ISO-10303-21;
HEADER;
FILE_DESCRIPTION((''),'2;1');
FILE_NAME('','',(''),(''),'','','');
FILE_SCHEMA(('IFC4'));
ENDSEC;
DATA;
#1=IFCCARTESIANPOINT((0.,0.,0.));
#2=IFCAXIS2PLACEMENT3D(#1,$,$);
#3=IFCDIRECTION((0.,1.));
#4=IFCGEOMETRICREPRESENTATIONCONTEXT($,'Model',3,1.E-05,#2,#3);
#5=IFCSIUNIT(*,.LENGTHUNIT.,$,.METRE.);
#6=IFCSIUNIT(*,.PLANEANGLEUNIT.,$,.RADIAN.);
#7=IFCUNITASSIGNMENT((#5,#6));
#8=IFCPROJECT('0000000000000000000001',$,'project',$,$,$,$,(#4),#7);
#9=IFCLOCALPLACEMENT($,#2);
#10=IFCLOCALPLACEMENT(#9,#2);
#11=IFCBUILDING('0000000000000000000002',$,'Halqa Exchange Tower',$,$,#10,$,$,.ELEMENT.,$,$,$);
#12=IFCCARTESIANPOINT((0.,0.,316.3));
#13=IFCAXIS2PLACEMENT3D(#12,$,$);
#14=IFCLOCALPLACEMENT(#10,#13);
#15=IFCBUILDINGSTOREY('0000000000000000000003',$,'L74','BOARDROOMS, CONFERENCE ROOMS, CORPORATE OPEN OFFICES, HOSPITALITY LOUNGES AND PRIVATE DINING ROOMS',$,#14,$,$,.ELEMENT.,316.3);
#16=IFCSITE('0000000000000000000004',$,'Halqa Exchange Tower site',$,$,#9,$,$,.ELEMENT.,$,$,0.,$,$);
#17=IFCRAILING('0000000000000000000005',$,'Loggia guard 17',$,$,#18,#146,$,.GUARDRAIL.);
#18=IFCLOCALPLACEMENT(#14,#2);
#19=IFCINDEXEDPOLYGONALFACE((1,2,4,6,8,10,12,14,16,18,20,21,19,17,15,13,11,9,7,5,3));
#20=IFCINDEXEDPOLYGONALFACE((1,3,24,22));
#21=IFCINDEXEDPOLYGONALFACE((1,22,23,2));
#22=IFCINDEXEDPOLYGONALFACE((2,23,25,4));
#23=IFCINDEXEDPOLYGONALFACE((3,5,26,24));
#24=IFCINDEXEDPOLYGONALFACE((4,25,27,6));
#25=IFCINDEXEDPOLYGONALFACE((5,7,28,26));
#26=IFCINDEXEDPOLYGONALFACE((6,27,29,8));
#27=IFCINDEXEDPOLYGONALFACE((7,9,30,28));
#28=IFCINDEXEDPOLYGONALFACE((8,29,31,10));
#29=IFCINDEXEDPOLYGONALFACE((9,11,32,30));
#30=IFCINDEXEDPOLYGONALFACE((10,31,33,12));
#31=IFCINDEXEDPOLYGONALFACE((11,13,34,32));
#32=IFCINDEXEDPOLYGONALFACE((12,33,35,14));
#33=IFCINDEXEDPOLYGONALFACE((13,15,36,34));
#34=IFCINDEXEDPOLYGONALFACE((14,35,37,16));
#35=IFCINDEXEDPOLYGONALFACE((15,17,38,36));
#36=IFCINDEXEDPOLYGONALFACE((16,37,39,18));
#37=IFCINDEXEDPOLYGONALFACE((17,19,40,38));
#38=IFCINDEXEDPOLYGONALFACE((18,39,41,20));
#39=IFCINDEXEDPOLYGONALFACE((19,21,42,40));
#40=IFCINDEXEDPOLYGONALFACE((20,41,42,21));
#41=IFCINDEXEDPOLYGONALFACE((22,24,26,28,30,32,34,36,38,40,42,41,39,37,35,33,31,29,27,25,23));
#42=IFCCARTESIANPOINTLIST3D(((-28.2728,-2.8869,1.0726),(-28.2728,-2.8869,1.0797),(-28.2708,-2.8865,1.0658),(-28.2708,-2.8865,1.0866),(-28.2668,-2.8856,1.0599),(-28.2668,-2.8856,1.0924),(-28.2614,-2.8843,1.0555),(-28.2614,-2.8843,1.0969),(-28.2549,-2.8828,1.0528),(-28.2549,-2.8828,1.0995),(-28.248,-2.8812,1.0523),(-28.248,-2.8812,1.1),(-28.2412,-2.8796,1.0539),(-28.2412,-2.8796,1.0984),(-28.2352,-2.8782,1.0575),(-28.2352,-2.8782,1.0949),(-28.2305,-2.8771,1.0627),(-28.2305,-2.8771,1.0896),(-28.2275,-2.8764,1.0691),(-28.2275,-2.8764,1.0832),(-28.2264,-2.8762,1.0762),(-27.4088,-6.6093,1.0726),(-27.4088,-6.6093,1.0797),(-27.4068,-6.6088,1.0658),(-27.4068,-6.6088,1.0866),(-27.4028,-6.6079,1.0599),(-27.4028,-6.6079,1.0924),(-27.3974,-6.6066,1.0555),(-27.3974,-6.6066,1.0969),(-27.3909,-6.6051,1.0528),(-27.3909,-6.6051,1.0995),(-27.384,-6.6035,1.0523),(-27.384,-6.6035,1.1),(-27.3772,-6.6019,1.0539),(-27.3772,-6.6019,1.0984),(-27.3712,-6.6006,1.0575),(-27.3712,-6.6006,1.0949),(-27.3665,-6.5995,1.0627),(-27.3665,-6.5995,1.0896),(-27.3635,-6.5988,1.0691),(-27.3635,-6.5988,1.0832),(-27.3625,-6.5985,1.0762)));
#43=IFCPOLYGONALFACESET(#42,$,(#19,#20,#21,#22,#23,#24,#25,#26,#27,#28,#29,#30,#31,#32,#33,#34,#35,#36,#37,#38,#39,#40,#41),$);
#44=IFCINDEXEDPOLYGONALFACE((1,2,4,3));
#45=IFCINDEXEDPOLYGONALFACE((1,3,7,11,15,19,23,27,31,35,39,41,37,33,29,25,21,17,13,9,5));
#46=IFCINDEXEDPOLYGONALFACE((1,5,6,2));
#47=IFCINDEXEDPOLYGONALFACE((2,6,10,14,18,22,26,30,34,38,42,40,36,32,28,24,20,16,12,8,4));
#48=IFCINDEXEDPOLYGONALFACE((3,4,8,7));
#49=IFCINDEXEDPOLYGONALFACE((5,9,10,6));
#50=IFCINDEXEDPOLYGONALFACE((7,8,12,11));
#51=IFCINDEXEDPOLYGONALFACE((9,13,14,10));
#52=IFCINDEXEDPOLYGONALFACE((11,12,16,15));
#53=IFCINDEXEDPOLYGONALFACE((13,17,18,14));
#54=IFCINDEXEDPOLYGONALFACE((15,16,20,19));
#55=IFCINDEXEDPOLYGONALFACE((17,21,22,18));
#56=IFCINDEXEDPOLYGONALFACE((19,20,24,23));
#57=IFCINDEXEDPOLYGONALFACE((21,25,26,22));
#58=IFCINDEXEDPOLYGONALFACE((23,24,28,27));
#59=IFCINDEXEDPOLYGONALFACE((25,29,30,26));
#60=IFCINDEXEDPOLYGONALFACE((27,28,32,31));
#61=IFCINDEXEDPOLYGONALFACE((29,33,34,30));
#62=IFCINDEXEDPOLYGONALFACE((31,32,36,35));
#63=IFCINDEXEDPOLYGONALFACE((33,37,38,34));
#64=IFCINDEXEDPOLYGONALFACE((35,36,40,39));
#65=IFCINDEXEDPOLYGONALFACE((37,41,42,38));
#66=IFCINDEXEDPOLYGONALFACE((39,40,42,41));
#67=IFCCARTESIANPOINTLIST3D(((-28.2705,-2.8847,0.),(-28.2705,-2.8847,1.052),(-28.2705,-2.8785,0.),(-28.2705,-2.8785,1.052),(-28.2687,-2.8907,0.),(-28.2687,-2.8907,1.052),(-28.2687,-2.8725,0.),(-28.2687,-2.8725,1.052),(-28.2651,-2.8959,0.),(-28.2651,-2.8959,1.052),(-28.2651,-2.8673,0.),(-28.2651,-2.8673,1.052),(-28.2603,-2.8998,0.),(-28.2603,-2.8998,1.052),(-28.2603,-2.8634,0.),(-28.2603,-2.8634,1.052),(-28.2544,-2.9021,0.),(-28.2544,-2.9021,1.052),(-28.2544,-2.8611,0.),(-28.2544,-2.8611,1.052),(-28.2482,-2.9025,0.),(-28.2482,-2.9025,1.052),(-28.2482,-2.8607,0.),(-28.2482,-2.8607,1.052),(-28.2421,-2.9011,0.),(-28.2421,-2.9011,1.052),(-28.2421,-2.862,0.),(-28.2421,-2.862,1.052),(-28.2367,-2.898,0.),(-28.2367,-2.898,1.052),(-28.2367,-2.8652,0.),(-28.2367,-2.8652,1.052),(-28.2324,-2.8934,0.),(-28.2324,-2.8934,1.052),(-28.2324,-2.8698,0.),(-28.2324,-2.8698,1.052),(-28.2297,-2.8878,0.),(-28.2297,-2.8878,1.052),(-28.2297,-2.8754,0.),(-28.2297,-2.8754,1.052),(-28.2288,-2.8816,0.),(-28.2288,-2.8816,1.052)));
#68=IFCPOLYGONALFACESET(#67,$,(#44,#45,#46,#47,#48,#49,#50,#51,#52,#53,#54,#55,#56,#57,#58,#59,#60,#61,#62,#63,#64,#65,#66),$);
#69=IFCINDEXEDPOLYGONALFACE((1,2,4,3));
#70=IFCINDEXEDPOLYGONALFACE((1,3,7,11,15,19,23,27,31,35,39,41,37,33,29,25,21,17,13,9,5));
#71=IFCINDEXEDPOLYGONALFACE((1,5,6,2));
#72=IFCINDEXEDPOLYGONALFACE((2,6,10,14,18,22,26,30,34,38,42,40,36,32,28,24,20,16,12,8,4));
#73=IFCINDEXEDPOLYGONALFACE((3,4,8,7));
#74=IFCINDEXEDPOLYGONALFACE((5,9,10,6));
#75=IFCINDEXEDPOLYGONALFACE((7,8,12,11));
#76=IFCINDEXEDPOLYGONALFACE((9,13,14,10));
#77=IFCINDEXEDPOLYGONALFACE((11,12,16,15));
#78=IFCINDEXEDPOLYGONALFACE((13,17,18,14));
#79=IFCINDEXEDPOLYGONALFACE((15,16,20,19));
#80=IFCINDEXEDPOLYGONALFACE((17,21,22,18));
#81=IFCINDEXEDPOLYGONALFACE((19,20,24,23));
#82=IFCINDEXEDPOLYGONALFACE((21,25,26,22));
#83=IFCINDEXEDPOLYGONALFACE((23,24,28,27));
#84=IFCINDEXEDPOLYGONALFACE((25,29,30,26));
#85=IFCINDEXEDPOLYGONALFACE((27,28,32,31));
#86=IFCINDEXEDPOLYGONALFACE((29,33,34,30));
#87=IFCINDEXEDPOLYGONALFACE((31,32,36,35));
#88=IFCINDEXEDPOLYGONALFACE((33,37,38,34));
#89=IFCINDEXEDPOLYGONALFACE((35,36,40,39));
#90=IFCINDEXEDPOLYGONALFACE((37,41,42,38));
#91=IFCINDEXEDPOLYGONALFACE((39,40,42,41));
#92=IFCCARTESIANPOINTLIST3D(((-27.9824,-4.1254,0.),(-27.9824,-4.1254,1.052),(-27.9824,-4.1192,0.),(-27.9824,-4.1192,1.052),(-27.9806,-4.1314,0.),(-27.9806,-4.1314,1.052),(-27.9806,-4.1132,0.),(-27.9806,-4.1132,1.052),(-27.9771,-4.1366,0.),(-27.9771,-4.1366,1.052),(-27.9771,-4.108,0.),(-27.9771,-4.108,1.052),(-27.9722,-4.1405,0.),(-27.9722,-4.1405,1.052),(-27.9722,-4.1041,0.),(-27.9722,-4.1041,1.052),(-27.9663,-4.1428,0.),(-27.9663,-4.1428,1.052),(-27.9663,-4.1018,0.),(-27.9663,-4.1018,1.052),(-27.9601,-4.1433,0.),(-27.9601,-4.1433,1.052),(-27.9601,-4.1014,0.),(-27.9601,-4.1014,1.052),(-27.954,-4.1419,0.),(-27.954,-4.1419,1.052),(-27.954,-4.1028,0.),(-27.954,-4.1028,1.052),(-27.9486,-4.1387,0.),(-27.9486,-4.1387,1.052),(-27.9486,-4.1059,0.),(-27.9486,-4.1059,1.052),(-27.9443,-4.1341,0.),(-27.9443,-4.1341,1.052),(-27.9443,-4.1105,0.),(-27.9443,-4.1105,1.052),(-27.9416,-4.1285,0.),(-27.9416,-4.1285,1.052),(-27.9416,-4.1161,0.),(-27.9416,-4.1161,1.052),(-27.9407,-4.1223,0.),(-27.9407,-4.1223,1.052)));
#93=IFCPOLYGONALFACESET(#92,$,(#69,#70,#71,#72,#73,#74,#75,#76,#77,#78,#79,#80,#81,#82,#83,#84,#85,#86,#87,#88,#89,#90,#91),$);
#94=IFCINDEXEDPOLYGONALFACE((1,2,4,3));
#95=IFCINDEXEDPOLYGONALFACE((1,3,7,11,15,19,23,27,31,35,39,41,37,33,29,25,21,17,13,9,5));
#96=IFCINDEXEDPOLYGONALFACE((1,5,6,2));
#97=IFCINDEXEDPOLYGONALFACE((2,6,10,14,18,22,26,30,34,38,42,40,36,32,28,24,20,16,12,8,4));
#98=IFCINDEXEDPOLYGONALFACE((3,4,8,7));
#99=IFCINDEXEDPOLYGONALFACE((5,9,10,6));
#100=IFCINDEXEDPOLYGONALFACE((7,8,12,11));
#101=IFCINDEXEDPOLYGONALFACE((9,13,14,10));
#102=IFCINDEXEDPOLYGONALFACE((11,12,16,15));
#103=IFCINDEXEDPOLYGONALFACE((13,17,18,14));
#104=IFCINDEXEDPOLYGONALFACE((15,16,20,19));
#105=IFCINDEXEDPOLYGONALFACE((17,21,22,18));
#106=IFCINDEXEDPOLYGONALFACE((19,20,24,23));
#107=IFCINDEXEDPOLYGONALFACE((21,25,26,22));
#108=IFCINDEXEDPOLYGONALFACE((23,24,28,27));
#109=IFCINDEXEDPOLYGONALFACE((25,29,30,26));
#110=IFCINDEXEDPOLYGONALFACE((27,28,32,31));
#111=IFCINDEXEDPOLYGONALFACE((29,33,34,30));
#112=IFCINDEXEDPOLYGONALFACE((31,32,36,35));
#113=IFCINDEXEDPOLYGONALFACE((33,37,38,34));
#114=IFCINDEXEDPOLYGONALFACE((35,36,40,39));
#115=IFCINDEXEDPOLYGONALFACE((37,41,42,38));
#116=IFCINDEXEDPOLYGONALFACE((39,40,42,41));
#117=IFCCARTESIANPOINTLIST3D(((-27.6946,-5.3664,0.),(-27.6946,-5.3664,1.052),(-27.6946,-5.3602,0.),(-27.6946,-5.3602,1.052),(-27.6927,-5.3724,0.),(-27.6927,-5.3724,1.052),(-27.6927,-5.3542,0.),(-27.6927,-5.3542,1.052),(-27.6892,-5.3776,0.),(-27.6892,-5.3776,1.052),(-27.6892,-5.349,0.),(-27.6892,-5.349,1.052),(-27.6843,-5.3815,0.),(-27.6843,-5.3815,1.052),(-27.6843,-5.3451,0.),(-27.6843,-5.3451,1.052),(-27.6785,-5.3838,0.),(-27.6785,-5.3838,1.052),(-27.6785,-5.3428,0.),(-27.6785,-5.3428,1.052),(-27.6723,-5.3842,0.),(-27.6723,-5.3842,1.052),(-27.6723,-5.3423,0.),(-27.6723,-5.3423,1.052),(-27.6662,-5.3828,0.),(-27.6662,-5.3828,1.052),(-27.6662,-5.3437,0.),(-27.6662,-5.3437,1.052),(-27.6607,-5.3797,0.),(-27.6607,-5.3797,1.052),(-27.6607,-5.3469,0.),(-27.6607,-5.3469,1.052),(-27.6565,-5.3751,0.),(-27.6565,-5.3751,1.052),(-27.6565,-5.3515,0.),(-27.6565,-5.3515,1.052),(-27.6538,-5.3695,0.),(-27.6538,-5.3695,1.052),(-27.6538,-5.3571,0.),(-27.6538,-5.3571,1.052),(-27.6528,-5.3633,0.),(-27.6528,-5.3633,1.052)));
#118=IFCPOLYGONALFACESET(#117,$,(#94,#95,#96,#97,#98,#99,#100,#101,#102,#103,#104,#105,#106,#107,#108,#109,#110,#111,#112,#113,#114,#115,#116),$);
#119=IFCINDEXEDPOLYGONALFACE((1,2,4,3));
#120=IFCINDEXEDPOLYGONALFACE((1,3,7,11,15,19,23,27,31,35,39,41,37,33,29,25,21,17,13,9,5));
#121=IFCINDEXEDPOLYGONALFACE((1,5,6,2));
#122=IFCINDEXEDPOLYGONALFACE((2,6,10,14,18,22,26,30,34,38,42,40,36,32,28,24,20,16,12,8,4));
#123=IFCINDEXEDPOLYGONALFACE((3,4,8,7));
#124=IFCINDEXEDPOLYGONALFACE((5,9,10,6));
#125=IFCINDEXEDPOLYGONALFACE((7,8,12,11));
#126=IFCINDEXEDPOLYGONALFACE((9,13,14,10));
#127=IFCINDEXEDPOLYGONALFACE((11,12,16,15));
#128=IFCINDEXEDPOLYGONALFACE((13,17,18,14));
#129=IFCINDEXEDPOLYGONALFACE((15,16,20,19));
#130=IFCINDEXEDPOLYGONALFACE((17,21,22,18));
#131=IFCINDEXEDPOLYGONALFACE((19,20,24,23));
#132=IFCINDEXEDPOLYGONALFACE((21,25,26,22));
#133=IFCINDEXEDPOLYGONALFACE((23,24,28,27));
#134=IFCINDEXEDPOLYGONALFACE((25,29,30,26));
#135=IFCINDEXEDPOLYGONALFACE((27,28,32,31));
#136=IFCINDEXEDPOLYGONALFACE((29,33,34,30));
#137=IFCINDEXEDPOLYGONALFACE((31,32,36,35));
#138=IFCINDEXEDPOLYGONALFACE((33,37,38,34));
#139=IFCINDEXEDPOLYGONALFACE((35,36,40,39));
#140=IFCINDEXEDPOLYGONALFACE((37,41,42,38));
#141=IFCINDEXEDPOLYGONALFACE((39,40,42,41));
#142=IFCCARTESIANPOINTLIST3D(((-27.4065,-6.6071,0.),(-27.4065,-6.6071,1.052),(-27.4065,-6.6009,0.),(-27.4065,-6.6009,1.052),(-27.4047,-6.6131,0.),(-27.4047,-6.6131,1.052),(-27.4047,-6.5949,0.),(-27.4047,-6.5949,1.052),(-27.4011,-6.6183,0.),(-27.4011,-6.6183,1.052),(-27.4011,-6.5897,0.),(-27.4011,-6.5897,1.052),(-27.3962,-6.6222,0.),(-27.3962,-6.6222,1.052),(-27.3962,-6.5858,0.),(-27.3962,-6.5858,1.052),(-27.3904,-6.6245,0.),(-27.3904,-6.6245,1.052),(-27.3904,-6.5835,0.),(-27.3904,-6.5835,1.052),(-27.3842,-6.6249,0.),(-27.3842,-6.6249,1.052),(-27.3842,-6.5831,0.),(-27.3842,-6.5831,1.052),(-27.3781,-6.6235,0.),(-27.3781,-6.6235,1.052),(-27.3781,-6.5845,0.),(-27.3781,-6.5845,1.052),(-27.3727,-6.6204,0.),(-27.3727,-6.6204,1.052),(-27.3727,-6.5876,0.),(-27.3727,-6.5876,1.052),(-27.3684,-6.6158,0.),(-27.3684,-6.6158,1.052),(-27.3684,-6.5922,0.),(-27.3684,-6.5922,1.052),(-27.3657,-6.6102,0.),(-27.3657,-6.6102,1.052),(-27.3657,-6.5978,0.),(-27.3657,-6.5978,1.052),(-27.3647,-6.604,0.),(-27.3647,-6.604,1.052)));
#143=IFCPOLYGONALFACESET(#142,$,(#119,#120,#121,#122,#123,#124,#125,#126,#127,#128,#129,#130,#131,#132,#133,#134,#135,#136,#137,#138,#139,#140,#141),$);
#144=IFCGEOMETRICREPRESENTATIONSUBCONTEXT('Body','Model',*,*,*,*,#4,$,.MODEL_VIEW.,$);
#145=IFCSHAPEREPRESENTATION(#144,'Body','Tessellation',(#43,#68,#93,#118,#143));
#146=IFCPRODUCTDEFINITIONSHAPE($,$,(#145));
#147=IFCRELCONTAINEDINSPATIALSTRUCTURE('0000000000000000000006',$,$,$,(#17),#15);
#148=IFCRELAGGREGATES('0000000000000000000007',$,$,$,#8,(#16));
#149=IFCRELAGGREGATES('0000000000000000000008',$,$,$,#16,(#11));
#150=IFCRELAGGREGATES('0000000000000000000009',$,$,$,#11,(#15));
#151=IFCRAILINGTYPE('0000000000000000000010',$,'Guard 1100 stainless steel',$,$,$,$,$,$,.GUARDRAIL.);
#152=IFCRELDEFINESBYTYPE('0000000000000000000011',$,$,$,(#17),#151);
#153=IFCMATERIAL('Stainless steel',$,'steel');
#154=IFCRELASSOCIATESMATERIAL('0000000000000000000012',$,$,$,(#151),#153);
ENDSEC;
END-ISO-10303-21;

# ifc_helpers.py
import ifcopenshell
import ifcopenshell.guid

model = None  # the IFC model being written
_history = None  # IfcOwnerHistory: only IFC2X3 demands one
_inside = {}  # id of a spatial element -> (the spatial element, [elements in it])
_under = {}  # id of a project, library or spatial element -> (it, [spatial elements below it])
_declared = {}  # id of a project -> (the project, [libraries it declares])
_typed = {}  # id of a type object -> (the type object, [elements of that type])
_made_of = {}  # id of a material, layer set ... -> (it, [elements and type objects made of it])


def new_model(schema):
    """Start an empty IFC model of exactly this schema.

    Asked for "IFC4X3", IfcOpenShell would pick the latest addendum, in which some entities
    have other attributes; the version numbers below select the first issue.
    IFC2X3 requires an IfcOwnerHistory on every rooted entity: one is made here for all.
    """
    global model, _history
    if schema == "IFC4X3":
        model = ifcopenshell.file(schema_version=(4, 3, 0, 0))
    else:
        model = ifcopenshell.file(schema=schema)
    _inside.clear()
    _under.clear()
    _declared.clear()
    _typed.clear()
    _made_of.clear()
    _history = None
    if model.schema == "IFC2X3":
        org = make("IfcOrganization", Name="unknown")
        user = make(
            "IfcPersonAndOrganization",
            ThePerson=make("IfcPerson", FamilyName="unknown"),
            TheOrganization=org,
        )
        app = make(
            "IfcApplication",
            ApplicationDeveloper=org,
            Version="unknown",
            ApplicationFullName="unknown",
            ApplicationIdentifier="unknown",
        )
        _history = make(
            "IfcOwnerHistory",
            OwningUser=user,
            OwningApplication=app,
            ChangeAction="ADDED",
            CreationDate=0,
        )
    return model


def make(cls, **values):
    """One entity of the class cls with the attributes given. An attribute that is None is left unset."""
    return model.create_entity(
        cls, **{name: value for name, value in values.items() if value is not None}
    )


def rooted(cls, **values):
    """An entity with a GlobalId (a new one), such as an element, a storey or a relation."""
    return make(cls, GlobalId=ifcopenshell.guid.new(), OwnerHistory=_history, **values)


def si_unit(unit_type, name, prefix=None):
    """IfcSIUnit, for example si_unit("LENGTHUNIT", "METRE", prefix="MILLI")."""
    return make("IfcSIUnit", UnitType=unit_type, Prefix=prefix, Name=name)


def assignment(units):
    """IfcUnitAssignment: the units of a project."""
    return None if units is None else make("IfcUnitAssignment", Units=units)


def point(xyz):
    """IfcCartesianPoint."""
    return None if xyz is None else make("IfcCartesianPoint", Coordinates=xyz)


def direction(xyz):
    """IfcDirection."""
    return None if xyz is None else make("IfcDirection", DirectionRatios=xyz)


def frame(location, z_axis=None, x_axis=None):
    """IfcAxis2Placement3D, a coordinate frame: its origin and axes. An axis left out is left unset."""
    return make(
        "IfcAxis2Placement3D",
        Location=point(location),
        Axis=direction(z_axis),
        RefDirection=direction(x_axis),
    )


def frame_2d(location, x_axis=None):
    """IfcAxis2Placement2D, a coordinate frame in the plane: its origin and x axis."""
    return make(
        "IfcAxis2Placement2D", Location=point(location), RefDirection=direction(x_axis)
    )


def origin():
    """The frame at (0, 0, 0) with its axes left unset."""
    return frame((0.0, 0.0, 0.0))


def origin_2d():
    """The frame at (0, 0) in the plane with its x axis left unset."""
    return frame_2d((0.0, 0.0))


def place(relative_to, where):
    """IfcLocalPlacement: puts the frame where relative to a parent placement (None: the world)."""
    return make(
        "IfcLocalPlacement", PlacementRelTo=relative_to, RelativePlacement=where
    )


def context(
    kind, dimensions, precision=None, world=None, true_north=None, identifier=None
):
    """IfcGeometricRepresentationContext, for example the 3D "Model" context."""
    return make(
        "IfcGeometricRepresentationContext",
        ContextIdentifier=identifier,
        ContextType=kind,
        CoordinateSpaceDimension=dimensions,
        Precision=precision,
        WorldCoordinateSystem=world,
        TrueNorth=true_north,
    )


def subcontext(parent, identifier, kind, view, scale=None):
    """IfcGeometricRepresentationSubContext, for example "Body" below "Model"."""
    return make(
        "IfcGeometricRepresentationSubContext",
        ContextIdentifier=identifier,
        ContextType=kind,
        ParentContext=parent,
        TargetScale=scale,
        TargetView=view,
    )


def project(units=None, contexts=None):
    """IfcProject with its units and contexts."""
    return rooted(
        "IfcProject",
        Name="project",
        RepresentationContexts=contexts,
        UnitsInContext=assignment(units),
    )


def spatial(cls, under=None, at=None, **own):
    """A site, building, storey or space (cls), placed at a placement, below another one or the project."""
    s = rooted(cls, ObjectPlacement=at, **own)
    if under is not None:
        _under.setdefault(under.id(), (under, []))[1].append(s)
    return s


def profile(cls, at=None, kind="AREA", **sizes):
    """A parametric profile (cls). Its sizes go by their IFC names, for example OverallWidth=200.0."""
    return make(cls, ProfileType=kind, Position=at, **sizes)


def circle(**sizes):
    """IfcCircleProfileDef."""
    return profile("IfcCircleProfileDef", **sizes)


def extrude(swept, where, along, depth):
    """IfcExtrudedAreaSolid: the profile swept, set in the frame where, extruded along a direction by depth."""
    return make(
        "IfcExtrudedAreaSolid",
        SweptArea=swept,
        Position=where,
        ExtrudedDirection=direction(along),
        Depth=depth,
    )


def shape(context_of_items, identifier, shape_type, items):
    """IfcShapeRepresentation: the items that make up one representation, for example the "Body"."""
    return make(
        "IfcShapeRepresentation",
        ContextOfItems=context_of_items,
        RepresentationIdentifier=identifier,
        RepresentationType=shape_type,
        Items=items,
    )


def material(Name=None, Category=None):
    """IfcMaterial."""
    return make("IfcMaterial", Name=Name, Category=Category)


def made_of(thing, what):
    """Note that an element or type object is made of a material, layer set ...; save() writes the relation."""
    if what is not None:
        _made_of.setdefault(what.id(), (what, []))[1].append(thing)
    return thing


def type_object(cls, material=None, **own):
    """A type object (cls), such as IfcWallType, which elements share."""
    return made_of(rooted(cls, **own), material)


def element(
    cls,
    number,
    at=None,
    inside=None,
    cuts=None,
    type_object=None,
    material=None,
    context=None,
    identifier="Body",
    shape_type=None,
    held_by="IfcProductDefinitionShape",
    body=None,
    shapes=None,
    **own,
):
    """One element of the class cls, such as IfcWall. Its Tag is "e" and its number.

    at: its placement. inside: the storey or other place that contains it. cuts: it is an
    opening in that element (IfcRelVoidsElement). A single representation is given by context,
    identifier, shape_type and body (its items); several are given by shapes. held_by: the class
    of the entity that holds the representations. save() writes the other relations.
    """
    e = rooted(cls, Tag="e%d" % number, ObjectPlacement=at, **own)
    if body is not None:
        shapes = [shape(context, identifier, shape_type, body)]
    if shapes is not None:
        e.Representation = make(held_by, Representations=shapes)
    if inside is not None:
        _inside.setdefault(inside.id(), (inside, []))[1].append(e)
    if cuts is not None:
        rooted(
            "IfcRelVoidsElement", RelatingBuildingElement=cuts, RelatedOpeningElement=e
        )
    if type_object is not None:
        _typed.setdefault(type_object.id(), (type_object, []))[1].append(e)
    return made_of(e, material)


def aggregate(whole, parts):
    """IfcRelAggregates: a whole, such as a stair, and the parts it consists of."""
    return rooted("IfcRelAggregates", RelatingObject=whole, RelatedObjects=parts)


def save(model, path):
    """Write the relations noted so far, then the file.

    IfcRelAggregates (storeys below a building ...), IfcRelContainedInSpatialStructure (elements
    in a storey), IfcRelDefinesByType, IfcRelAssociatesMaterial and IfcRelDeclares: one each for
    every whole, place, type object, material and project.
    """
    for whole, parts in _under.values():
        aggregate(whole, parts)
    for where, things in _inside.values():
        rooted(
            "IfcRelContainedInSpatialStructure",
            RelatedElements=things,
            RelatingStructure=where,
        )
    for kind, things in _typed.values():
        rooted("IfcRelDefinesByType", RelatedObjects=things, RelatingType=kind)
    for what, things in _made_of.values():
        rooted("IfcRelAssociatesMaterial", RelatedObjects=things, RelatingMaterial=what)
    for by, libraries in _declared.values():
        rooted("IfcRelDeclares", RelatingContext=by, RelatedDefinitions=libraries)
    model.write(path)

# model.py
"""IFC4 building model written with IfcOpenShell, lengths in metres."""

from ifc_helpers import new_model, si_unit, direction, frame, origin, origin_2d, place, context, subcontext, project, spatial, circle, extrude, material, type_object, element, save


model = new_model("IFC4")

# Units and contexts
model_context = context("Model", 3, precision=1e-05, world=origin(), true_north=direction((0.0, 1.0)))
body_context = subcontext(model_context, "Body", "Model", "MODEL_VIEW")
ifc_project = project(units=[si_unit("LENGTHUNIT", "METRE"), si_unit("PLANEANGLEUNIT", "RADIAN")], contexts=[model_context])

# Site, building, storey
site_placement = place(None, origin())
site = spatial("IfcSite", under=ifc_project, at=site_placement, Name="Halqa Exchange Tower site", CompositionType="ELEMENT", RefElevation=0.0)
building_placement = place(site_placement, origin())
building = spatial("IfcBuilding", under=site, at=building_placement, Name="Halqa Exchange Tower", CompositionType="ELEMENT")
storey_placement = place(building_placement, frame((0.0, 0.0, 316.3)))
storey = spatial("IfcBuildingStorey", under=building, at=storey_placement, Name="L74", Description="BOARDROOMS, CONFERENCE ROOMS, CORPORATE OPEN OFFICES, HOSPITALITY LOUNGES AND PRIVATE DINING ROOMS", CompositionType="ELEMENT", Elevation=316.3)

# Railing
ifc_material_1 = material(Name="Stainless steel", Category="steel")
railing_type = type_object("IfcRailingType", Name="Guard 1100 stainless steel", PredefinedType="GUARDRAIL", material=ifc_material_1)
railing_1_placement = place(storey_placement, frame((-28.2498, -2.8816, 0.0)))
element("IfcRailing", 1, at=railing_1_placement, inside=storey, type_object=railing_type, Name="Loggia guard 17", PredefinedType="GUARDRAIL", context=body_context, shape_type="SweptSolid", body=[
    extrude(circle(Radius=0.0239, at=origin_2d()), frame((0.0, 0.0, 1.0762), z_axis=(0.2261, -0.974104, 0.0), x_axis=(0.974104, 0.2261, 0.0)), (0.0, 0.0, 1.0), 3.8213),
    extrude(circle(Radius=0.021, at=origin_2d()), origin(), (0.0, 0.0, 1.0), 1.052),
    extrude(circle(Radius=0.021, at=origin_2d()), frame((0.2881, -1.2407, 0.0)), (0.0, 0.0, 1.0), 1.052),
    extrude(circle(Radius=0.021, at=origin_2d()), frame((0.5759, -2.4817, 0.0)), (0.0, 0.0, 1.0), 1.052),
    extrude(circle(Radius=0.021, at=origin_2d()), frame((0.864, -3.7224, 0.0)), (0.0, 0.0, 1.0), 1.052),
])

save(model, "model.ifc")
